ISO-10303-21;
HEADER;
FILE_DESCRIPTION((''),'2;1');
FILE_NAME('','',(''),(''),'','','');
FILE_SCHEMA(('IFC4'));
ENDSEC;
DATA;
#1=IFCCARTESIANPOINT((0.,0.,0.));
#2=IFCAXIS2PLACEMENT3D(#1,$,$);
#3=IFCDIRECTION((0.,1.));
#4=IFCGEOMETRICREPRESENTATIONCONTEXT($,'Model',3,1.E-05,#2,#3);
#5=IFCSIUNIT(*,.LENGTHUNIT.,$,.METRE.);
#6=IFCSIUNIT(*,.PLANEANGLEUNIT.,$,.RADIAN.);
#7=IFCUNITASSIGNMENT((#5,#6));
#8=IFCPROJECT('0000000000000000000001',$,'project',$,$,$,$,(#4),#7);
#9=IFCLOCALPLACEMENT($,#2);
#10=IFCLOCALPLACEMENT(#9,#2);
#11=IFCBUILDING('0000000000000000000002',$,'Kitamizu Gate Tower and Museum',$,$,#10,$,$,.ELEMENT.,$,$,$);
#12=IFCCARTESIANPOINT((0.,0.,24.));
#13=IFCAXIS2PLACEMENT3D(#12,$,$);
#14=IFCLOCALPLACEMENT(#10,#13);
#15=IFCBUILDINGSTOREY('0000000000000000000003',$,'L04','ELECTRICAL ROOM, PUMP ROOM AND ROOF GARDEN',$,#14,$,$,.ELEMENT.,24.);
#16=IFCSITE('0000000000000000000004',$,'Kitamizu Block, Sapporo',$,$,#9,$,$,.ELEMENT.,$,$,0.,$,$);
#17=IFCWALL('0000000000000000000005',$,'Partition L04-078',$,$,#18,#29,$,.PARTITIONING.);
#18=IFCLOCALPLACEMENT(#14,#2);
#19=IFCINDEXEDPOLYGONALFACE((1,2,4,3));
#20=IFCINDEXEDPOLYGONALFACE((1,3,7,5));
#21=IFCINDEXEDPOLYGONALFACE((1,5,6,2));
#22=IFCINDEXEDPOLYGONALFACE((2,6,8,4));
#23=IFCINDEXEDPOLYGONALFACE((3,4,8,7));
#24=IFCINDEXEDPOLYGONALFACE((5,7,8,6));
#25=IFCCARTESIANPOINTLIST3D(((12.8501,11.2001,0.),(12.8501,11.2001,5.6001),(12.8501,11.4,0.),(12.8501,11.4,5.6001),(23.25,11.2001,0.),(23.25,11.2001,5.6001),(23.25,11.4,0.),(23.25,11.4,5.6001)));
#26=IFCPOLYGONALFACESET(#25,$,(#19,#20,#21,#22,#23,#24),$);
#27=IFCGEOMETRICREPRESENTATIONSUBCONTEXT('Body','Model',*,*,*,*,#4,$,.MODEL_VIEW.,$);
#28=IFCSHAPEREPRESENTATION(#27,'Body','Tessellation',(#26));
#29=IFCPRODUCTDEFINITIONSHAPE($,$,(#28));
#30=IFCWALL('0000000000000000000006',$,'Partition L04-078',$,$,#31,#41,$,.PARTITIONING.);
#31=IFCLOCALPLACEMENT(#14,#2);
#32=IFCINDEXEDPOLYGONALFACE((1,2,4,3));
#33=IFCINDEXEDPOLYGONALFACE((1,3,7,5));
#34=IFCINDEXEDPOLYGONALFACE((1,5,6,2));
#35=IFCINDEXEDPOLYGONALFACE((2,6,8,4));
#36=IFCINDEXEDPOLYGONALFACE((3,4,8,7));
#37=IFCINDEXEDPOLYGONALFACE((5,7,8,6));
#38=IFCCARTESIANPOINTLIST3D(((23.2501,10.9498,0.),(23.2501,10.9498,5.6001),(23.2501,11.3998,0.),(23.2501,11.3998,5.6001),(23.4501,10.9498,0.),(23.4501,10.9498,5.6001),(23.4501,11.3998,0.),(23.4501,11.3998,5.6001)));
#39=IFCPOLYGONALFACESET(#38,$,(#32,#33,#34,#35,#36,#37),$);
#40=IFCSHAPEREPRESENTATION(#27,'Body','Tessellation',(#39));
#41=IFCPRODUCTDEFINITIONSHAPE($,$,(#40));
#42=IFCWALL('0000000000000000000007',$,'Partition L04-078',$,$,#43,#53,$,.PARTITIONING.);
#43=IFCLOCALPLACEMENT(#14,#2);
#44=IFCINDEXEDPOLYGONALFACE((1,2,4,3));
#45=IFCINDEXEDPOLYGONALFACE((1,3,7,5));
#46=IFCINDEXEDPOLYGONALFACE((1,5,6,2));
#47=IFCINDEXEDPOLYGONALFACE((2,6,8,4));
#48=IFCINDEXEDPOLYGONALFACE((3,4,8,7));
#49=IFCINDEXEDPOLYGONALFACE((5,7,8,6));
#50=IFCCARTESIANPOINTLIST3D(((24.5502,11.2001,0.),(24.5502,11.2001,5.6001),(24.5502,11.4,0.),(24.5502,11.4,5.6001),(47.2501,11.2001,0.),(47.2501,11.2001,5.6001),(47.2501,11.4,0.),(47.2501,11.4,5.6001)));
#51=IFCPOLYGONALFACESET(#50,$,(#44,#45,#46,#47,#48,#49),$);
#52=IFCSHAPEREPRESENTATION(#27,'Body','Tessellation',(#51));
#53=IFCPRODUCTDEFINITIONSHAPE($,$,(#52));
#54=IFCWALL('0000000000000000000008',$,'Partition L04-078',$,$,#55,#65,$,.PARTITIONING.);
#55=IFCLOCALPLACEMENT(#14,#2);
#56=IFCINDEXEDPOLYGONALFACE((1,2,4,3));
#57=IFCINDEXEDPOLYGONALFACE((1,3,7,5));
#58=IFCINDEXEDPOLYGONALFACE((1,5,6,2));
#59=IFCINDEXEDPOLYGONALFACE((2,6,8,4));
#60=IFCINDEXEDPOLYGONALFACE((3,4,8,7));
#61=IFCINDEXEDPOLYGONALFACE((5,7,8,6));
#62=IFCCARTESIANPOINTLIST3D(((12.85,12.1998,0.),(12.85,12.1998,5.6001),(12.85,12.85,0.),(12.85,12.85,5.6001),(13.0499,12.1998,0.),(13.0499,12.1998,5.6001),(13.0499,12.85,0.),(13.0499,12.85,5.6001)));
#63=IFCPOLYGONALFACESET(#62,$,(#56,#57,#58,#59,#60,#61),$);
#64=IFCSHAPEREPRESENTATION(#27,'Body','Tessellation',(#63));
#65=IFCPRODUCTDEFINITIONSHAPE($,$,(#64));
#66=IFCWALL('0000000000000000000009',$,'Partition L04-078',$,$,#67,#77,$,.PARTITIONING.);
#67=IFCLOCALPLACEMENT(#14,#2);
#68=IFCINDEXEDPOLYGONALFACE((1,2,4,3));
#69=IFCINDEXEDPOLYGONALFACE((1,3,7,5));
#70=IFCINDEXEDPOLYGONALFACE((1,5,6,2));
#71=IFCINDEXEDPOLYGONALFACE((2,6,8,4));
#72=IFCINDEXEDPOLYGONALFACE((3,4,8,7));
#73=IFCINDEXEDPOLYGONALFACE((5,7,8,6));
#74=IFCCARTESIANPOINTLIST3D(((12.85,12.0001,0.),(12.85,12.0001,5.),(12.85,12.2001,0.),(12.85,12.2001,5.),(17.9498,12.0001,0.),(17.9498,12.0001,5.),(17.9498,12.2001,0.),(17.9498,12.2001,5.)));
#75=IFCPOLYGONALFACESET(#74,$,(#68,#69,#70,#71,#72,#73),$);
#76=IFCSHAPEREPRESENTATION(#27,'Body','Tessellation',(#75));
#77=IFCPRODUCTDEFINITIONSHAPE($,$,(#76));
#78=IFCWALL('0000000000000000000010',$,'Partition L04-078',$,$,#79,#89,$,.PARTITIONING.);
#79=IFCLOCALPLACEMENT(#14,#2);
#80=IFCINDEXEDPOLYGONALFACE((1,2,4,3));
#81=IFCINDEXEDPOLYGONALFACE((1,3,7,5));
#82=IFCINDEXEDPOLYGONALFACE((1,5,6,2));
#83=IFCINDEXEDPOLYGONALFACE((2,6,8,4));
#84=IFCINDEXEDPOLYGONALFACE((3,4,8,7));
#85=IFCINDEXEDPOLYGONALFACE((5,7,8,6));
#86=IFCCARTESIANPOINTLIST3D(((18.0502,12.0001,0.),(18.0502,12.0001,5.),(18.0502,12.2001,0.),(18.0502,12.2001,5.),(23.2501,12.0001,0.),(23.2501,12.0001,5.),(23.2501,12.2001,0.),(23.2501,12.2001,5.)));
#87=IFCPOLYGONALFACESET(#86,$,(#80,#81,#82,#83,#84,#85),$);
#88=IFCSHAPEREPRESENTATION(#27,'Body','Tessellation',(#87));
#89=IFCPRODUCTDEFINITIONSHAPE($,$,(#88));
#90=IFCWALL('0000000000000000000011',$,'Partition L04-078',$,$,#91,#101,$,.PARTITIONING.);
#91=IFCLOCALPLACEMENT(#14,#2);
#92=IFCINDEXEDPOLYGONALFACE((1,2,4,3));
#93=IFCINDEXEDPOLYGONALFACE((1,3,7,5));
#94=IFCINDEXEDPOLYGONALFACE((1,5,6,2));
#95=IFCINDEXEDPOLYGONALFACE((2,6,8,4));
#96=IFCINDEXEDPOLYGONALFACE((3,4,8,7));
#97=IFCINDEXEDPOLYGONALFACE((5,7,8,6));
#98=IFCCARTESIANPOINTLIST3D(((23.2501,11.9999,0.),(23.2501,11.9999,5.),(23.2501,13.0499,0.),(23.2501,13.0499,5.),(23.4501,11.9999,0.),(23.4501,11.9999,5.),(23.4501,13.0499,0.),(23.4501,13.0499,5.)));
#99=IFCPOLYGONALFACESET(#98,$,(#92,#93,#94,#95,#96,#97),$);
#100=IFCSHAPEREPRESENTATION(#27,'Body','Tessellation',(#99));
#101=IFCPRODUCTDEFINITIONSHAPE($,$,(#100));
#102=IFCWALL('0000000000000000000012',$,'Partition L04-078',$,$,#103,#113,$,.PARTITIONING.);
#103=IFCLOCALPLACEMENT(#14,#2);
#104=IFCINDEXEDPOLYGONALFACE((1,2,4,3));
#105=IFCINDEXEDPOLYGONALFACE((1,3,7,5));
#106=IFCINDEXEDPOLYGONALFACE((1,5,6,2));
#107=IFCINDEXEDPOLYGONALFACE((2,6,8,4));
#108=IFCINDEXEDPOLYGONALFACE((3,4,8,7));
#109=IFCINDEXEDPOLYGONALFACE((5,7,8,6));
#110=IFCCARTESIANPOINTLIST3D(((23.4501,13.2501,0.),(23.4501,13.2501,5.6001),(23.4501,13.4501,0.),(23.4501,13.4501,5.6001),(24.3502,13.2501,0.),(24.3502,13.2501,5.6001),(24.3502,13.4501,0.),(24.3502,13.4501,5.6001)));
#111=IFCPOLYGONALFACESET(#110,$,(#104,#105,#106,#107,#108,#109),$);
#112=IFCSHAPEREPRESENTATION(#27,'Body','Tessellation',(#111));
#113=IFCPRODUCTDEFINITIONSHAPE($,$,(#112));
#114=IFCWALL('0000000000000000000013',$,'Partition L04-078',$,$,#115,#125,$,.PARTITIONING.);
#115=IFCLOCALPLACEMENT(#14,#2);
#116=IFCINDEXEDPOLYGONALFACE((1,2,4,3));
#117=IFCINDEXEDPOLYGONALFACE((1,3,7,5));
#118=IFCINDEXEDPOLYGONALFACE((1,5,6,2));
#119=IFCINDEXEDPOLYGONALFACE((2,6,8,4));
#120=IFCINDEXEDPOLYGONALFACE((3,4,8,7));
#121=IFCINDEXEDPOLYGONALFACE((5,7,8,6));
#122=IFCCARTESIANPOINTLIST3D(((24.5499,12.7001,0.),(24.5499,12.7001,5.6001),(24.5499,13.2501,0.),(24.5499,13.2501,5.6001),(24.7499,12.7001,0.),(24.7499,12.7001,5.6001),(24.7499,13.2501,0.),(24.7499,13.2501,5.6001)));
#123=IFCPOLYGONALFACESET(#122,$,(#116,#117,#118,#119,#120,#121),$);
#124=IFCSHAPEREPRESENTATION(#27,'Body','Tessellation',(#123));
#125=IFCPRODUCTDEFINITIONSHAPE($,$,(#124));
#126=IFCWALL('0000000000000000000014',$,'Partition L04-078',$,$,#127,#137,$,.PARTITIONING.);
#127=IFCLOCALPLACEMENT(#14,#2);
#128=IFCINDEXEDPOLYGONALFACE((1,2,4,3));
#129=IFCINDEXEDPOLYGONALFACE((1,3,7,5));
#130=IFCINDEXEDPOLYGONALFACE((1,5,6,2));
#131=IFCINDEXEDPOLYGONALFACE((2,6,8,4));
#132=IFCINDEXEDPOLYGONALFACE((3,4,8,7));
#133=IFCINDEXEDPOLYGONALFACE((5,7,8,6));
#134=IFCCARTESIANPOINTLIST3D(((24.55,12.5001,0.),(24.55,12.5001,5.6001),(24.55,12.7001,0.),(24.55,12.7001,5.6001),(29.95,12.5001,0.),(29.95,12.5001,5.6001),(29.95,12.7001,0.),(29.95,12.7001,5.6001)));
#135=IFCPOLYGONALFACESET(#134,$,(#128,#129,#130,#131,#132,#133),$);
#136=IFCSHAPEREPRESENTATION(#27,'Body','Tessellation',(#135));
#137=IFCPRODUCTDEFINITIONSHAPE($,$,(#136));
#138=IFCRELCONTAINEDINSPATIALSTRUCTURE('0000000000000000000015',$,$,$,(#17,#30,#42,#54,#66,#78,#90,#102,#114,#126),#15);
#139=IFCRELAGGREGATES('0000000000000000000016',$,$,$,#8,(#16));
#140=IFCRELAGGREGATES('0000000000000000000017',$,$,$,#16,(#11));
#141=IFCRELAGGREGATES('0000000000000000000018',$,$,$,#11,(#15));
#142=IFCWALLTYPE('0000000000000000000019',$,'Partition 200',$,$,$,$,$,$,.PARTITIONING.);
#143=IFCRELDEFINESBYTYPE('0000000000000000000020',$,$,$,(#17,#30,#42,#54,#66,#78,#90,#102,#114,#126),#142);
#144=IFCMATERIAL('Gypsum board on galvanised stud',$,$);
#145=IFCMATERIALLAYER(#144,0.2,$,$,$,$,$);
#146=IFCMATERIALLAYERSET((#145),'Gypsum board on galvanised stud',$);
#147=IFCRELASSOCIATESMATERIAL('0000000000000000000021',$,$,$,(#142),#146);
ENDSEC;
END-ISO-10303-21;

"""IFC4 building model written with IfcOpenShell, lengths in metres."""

from ifc_helpers import new_model, si_unit, direction, frame, frame_2d, origin, place, context, subcontext, project, spatial, rectangle, extrude, material, layer, layer_set, type_object, element, save


model = new_model("IFC4")

# Units and contexts
model_context = context("Model", 3, precision=1e-05, world=origin(), true_north=direction((0.0, 1.0)))
body_context = subcontext(model_context, "Body", "Model", "MODEL_VIEW")
ifc_project = project(units=[si_unit("LENGTHUNIT", "METRE"), si_unit("PLANEANGLEUNIT", "RADIAN")], contexts=[model_context])

# Site, building, storey
site_placement = place(None, origin())
site = spatial("IfcSite", under=ifc_project, at=site_placement, Name="Kitamizu Block, Sapporo", CompositionType="ELEMENT", RefElevation=0.0)
building_placement = place(site_placement, origin())
building = spatial("IfcBuilding", under=site, at=building_placement, Name="Kitamizu Gate Tower and Museum", CompositionType="ELEMENT")
storey_placement = place(building_placement, frame((0.0, 0.0, 24.0)))
storey = spatial("IfcBuildingStorey", under=building, at=storey_placement, Name="L04", Description="ELECTRICAL ROOM, PUMP ROOM AND ROOF GARDEN", CompositionType="ELEMENT", Elevation=24.0)

# Shared definitions
ifc_material_1 = material(Name="Gypsum board on galvanised stud")
ifc_layer = layer(ifc_material_1, 0.2)
ifc_layer_set = layer_set([ifc_layer], Name="Gypsum board on galvanised stud")
wall_type = type_object("IfcWallType", Name="Partition 200", PredefinedType="PARTITIONING", material=ifc_layer_set)

# Walls
wall_1_placement = place(storey_placement, frame((12.8501, 11.3, 0.0), z_axis=(0.0, 0.0, 1.0), x_axis=(1.0, 0.0, 0.0)))
element("IfcWall", 1, at=wall_1_placement, inside=storey, type_object=wall_type, Name="Partition L04-078", PredefinedType="PARTITIONING", context=body_context, shape_type="SweptSolid", body=[
    extrude(rectangle(XDim=10.3999, YDim=0.2, at=frame_2d((5.2, 0.0))), origin(), (0.0, 0.0, 1.0), 5.6001),
])
wall_2_placement = place(storey_placement, frame((23.3501, 11.3999, 0.0), z_axis=(0.0, 0.0, 1.0), x_axis=(0.0, -1.0, 0.0)))
element("IfcWall", 2, at=wall_2_placement, inside=storey, type_object=wall_type, Name="Partition L04-078", PredefinedType="PARTITIONING", context=body_context, shape_type="SweptSolid", body=[
    extrude(rectangle(XDim=0.45, YDim=0.2, at=frame_2d((0.2251, 0.0))), origin(), (0.0, 0.0, 1.0), 5.6001),
])
wall_3_placement = place(storey_placement, frame((24.55, 11.3, 0.0), z_axis=(0.0, 0.0, 1.0), x_axis=(1.0, 0.0, 0.0)))
element("IfcWall", 3, at=wall_3_placement, inside=storey, type_object=wall_type, Name="Partition L04-078", PredefinedType="PARTITIONING", context=body_context, shape_type="SweptSolid", body=[
    extrude(rectangle(XDim=22.7, YDim=0.2, at=frame_2d((11.3501, 0.0))), origin(), (0.0, 0.0, 1.0), 5.6001),
])
wall_4_placement = place(storey_placement, frame((12.95, 12.8501, 0.0), z_axis=(0.0, 0.0, 1.0), x_axis=(0.0, -1.0, 0.0)))
element("IfcWall", 4, at=wall_4_placement, inside=storey, type_object=wall_type, Name="Partition L04-078", PredefinedType="PARTITIONING", context=body_context, shape_type="SweptSolid", body=[
    extrude(rectangle(XDim=0.6501, YDim=0.2, at=frame_2d((0.3252, 0.0))), origin(), (0.0, 0.0, 1.0), 5.6001),
])
wall_5_placement = place(storey_placement, frame((12.8501, 12.1001, 0.0), z_axis=(0.0, 0.0, 1.0), x_axis=(1.0, 0.0, 0.0)))
element("IfcWall", 5, at=wall_5_placement, inside=storey, type_object=wall_type, Name="Partition L04-078", PredefinedType="PARTITIONING", context=body_context, shape_type="SweptSolid", body=[
    extrude(rectangle(XDim=5.0999, YDim=0.2, at=frame_2d((2.5498, 0.0))), origin(), (0.0, 0.0, 1.0), 5.0),
])
wall_6_placement = place(storey_placement, frame((18.05, 12.1001, 0.0), z_axis=(0.0, 0.0, 1.0), x_axis=(1.0, 0.0, 0.0)))
element("IfcWall", 6, at=wall_6_placement, inside=storey, type_object=wall_type, Name="Partition L04-078", PredefinedType="PARTITIONING", context=body_context, shape_type="SweptSolid", body=[
    extrude(rectangle(XDim=5.2, YDim=0.2, at=frame_2d((2.6001, 0.0))), origin(), (0.0, 0.0, 1.0), 5.0),
])
wall_7_placement = place(storey_placement, frame((23.3501, 12.0, 0.0), z_axis=(0.0, 0.0, 1.0), x_axis=(0.0, 1.0, 0.0)))
element("IfcWall", 7, at=wall_7_placement, inside=storey, type_object=wall_type, Name="Partition L04-078", PredefinedType="PARTITIONING", context=body_context, shape_type="SweptSolid", body=[
    extrude(rectangle(XDim=1.05, YDim=0.2, at=frame_2d((0.5249, 0.0))), origin(), (0.0, 0.0, 1.0), 5.0),
])
wall_8_placement = place(storey_placement, frame((23.45, 13.3501, 0.0), z_axis=(0.0, 0.0, 1.0), x_axis=(1.0, 0.0, 0.0)))
element("IfcWall", 8, at=wall_8_placement, inside=storey, type_object=wall_type, Name="Partition L04-078", PredefinedType="PARTITIONING", context=body_context, shape_type="SweptSolid", body=[
    extrude(rectangle(XDim=0.9001, YDim=0.2, at=frame_2d((0.4502, 0.0))), origin(), (0.0, 0.0, 1.0), 5.6001),
])
wall_9_placement = place(storey_placement, frame((24.6499, 13.25, 0.0), z_axis=(0.0, 0.0, 1.0), x_axis=(0.0, -1.0, 0.0)))
element("IfcWall", 9, at=wall_9_placement, inside=storey, type_object=wall_type, Name="Partition L04-078", PredefinedType="PARTITIONING", context=body_context, shape_type="SweptSolid", body=[
    extrude(rectangle(XDim=0.55, YDim=0.2, at=frame_2d((0.2749, 0.0))), origin(), (0.0, 0.0, 1.0), 5.6001),
])
wall_10_placement = place(storey_placement, frame((24.55, 12.6001, 0.0), z_axis=(0.0, 0.0, 1.0), x_axis=(1.0, 0.0, 0.0)))
element("IfcWall", 10, at=wall_10_placement, inside=storey, type_object=wall_type, Name="Partition L04-078", PredefinedType="PARTITIONING", context=body_context, shape_type="SweptSolid", body=[
    extrude(rectangle(XDim=5.3999, YDim=0.2, at=frame_2d((2.7, 0.0))), origin(), (0.0, 0.0, 1.0), 5.6001),
])

save(model, "model.ifc")
